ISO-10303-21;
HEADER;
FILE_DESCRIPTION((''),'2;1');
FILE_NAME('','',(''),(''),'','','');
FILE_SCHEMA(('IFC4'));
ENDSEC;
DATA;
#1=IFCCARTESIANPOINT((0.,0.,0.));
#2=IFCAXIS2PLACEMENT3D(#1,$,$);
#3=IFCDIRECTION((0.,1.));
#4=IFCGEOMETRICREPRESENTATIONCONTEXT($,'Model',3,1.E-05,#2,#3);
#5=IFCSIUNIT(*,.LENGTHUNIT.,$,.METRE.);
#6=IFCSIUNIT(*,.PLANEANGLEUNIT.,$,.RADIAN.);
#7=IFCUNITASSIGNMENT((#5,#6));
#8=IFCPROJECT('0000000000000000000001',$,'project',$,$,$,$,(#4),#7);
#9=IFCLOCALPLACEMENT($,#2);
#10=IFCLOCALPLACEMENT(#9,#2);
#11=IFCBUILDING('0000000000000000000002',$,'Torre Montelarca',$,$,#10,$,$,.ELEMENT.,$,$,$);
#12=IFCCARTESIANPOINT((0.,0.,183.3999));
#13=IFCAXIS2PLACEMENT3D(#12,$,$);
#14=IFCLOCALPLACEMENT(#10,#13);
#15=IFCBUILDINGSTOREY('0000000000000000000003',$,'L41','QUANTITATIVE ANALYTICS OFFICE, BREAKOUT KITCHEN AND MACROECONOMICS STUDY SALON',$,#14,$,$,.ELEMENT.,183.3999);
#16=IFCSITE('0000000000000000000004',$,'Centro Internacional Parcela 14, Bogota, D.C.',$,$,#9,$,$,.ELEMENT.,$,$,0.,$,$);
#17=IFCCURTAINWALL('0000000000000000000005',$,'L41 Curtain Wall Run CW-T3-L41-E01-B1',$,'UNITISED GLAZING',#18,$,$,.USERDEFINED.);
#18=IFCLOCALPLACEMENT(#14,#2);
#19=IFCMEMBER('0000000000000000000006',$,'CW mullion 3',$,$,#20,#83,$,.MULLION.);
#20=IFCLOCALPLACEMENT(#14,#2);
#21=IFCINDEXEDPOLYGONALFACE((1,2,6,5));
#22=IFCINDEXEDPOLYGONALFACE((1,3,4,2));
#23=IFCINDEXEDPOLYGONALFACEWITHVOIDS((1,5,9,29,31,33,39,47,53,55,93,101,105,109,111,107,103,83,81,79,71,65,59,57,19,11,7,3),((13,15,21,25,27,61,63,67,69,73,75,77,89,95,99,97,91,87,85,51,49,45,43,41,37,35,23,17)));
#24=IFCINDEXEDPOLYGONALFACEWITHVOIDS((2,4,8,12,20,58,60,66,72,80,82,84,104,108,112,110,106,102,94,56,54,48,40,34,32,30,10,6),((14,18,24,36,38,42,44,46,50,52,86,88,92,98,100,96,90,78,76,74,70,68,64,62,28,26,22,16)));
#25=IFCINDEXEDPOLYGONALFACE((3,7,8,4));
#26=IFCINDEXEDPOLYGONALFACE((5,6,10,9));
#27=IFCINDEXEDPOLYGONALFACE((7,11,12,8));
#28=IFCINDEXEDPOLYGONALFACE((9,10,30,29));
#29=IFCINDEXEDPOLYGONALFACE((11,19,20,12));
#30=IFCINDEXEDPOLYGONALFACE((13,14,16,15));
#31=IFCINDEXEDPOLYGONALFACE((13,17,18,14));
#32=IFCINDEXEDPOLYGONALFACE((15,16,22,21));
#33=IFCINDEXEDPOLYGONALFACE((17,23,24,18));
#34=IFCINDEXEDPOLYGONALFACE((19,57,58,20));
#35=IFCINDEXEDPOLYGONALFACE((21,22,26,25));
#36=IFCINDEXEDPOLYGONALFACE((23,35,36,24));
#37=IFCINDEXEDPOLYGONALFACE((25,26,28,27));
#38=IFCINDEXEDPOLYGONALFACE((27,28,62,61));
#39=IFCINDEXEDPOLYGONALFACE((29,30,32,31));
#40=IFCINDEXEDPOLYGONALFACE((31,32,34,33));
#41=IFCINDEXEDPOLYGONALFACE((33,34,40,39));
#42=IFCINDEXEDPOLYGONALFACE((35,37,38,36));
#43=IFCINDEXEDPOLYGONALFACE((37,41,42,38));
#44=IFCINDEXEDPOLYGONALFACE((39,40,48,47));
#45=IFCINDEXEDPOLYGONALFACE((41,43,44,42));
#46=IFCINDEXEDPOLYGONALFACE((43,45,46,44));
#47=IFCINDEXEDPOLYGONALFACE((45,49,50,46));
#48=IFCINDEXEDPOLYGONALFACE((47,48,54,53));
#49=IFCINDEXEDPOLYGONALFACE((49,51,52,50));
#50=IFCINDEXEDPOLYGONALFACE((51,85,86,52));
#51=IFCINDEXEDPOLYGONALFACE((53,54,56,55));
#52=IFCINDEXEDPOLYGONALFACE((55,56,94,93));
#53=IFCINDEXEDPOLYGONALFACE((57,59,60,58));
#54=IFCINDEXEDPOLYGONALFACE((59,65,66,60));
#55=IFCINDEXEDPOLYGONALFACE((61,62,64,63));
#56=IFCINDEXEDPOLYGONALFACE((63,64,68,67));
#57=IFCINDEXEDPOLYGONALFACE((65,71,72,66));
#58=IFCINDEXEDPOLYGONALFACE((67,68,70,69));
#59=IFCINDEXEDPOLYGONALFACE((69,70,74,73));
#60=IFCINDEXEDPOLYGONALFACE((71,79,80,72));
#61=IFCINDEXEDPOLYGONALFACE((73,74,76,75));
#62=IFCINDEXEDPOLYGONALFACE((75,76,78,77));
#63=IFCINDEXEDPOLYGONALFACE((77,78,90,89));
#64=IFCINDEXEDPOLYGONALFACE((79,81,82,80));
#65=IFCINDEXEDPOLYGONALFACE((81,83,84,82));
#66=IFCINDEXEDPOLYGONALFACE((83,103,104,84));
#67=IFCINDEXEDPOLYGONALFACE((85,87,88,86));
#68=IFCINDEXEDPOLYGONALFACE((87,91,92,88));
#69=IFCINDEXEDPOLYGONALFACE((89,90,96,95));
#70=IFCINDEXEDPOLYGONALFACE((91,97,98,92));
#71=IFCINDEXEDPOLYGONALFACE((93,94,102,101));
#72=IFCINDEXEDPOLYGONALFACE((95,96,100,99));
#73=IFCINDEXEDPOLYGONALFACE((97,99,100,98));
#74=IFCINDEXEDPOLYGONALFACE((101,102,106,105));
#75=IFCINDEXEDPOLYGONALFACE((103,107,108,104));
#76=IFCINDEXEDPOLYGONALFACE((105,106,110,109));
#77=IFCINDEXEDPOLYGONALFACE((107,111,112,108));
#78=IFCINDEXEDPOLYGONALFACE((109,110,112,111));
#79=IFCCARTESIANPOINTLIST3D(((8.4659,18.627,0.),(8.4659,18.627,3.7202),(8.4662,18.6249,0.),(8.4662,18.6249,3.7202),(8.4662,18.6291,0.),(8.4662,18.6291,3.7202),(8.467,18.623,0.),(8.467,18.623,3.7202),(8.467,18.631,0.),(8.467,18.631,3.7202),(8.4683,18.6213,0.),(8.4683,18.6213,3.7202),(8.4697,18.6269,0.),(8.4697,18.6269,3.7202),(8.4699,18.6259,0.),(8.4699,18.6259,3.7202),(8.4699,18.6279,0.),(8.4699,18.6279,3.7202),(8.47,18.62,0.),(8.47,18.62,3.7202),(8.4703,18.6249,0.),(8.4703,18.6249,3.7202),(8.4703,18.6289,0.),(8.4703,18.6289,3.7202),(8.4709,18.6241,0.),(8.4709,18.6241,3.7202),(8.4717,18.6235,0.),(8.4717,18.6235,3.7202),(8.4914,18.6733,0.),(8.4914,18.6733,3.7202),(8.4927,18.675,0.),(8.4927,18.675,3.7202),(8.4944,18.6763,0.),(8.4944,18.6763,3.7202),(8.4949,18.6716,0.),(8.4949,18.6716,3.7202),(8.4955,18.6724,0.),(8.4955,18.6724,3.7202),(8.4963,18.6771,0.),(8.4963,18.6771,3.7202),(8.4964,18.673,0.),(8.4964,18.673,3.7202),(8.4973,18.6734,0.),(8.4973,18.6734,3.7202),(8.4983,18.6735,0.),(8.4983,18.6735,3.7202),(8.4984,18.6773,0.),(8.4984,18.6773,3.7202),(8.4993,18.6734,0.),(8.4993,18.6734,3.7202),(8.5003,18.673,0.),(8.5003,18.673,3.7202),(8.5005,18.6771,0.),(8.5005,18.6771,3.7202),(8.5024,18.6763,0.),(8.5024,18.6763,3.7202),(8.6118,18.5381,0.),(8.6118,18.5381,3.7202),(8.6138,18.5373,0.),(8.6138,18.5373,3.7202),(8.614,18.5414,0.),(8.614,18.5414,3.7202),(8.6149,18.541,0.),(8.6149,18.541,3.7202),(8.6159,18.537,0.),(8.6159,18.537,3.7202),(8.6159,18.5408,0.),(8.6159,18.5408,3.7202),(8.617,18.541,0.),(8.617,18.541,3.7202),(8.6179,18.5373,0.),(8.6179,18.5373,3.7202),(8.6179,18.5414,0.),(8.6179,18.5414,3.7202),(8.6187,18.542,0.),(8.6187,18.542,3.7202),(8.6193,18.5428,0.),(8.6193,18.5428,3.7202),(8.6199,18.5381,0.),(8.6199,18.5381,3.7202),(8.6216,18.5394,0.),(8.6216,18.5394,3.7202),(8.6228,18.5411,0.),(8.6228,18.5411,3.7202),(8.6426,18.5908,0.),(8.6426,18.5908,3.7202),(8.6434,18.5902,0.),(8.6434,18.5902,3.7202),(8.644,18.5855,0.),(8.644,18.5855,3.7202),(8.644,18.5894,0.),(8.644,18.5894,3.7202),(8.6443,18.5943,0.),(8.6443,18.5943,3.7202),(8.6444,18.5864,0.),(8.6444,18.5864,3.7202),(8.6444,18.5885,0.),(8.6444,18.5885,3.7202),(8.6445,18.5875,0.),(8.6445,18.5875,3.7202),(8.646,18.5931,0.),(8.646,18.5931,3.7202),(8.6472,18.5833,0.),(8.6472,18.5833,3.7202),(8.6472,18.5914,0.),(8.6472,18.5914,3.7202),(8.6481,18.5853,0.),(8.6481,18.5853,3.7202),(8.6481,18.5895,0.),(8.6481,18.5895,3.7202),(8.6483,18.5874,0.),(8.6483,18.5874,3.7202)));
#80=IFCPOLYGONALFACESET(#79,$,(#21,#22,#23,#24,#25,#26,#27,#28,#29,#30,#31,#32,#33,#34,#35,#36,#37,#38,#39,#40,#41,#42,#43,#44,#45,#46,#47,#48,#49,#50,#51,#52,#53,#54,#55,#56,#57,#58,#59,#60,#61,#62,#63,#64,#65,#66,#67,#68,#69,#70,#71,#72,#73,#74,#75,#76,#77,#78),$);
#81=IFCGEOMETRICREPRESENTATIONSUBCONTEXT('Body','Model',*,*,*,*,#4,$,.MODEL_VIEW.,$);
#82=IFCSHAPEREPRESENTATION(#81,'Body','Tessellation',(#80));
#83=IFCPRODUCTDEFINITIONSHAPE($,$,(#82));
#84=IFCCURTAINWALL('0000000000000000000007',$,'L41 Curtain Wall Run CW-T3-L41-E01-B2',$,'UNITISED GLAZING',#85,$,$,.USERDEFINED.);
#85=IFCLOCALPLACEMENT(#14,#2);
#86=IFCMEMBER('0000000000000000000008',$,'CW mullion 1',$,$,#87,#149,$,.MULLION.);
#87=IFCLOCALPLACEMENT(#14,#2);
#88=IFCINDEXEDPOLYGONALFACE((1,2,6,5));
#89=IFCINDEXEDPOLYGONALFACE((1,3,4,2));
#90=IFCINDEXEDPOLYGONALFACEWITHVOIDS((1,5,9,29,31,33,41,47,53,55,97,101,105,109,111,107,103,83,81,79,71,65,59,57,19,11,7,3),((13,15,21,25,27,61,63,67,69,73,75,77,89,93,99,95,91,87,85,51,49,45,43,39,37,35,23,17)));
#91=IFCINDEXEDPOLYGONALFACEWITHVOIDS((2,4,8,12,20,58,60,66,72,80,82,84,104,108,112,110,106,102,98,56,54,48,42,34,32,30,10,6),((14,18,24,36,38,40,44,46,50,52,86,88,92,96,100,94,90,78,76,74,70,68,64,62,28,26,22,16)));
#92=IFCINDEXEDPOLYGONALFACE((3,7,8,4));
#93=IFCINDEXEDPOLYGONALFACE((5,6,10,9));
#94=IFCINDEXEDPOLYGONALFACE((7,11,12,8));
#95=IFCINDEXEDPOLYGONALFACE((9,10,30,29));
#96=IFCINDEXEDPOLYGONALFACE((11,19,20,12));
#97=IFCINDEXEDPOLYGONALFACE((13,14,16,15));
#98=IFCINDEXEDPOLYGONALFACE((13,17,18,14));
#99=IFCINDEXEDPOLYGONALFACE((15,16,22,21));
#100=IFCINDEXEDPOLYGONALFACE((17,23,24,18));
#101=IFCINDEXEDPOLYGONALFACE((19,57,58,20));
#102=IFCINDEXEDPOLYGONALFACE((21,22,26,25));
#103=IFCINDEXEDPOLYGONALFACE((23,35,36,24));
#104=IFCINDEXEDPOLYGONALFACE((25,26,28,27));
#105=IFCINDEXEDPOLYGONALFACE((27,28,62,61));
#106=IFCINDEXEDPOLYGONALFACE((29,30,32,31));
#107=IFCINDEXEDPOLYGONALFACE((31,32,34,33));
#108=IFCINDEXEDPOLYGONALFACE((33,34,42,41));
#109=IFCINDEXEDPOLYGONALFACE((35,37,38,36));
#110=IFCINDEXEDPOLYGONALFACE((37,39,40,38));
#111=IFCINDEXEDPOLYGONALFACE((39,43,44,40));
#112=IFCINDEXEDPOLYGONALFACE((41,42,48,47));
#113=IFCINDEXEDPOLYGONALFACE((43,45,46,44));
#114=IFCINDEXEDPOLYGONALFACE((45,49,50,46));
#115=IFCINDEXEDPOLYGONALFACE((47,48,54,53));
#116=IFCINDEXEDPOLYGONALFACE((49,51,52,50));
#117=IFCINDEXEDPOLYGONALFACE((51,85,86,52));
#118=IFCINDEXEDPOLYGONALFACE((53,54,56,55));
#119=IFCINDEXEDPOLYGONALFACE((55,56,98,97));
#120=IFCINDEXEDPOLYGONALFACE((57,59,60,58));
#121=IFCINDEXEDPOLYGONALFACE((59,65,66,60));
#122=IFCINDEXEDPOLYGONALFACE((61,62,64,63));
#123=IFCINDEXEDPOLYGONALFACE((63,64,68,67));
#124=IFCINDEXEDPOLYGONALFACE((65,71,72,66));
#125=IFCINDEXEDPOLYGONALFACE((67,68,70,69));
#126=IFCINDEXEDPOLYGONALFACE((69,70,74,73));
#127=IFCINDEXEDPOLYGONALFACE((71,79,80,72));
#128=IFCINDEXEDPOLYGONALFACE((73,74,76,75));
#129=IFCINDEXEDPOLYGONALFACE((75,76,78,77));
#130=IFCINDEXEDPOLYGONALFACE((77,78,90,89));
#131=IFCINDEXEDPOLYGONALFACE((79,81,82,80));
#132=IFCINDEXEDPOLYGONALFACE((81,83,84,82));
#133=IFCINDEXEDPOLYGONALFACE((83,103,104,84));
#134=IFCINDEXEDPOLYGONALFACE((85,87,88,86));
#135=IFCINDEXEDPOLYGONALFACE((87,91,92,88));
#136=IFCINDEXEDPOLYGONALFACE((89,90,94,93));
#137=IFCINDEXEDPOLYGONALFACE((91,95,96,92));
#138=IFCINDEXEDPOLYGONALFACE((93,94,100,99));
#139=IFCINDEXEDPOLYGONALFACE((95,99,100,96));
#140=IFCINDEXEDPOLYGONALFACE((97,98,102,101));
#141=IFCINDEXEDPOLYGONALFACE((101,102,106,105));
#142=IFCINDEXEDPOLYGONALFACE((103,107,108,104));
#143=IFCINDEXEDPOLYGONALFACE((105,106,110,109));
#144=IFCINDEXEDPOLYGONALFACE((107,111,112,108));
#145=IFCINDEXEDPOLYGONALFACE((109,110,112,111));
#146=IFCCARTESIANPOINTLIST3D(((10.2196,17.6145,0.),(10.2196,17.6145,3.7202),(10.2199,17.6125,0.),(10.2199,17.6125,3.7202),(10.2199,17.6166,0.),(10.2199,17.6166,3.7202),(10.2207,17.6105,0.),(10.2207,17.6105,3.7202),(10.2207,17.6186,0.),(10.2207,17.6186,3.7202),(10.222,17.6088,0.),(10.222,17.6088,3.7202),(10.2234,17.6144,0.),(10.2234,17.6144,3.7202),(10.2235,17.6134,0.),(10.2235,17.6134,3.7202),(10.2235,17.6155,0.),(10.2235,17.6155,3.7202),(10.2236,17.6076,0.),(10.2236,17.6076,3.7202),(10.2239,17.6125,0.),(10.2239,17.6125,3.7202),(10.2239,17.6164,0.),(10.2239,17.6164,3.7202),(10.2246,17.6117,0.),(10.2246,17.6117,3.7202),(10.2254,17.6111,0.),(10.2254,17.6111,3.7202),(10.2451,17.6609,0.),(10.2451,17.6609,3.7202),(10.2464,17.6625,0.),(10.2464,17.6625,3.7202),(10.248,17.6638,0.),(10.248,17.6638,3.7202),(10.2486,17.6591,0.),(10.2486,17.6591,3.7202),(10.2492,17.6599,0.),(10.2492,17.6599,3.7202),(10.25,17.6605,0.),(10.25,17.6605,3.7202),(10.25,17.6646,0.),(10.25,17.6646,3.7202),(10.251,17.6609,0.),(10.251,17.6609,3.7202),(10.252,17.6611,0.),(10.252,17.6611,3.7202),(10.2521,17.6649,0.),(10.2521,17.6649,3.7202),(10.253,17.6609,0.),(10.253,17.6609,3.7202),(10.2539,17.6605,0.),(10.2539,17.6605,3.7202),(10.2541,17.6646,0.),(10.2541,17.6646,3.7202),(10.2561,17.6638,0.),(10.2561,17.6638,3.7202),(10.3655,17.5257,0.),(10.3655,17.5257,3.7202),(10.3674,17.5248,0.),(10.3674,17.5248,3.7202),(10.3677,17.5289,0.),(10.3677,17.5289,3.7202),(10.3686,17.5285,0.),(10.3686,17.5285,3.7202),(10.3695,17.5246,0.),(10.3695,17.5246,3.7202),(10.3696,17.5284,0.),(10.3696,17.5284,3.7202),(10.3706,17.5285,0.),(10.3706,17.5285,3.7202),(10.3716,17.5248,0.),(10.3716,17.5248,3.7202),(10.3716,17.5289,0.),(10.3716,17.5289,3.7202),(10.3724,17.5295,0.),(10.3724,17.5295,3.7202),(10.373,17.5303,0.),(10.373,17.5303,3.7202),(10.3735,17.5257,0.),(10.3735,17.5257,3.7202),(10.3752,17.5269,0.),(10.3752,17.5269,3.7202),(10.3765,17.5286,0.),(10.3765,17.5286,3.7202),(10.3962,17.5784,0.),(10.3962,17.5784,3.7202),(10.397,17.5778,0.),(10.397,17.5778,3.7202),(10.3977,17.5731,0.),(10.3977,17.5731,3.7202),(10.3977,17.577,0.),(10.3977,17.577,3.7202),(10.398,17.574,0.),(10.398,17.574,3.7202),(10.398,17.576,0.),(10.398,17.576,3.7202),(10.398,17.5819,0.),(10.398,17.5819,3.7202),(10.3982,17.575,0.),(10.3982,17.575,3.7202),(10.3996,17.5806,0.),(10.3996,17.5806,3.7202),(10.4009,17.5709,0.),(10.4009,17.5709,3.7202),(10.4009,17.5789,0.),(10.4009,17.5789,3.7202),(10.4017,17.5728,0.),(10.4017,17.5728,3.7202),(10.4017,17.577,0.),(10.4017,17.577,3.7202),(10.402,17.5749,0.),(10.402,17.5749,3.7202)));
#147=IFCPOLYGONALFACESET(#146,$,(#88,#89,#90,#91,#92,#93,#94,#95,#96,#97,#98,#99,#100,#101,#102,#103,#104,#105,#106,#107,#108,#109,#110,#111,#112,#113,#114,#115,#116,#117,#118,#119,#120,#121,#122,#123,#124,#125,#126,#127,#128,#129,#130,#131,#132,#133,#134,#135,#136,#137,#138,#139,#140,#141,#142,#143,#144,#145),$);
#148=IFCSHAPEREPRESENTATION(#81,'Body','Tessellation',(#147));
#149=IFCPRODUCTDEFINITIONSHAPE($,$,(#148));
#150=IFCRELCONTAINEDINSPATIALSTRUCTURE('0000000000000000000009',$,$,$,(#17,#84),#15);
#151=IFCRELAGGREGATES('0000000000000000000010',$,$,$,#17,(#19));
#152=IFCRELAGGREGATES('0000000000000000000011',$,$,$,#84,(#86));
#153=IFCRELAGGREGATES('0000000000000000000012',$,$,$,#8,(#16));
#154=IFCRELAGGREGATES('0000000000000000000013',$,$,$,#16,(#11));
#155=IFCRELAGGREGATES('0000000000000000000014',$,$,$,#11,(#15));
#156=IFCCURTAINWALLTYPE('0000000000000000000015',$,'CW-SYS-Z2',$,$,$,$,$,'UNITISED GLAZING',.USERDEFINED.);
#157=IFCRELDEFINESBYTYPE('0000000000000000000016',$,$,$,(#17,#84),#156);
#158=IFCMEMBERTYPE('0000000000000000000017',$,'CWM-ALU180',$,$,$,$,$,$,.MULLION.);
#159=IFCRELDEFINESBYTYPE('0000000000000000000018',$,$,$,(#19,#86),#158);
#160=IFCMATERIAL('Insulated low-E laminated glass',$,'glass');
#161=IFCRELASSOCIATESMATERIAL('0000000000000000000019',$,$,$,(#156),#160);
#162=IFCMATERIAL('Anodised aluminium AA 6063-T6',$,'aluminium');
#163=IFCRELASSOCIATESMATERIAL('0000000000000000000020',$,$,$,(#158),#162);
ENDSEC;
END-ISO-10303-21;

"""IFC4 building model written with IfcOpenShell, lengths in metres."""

from ifc_helpers import new_model, si_unit, direction, frame, origin, origin_2d, place, context, subcontext, project, spatial, hollow_rectangle, extrude, source, transform, mapped, material, material_profile, profile_set, type_object, element, aggregate, save


model = new_model("IFC4")

# Units and contexts
model_context = context("Model", 3, precision=1e-05, world=origin(), true_north=direction((0.0, 1.0)))
body_context = subcontext(model_context, "Body", "Model", "MODEL_VIEW")
ifc_project = project(units=[si_unit("LENGTHUNIT", "METRE"), si_unit("PLANEANGLEUNIT", "RADIAN")], contexts=[model_context])

# Site, building, storey
site_placement = place(None, origin())
site = spatial("IfcSite", under=ifc_project, at=site_placement, Name="Centro Internacional Parcela 14, Bogota, D.C.", CompositionType="ELEMENT", RefElevation=0.0)
building_placement = place(site_placement, origin())
building = spatial("IfcBuilding", under=site, at=building_placement, Name="Torre Montelarca", CompositionType="ELEMENT")
storey_placement = place(building_placement, frame((0.0, 0.0, 183.3999)))
storey = spatial("IfcBuildingStorey", under=building, at=storey_placement, Name="L41", Description="QUANTITATIVE ANALYTICS OFFICE, BREAKOUT KITCHEN AND MACROECONOMICS STUDY SALON", CompositionType="ELEMENT", Elevation=183.3999)

# Shared definitions
ifc_material_1 = material(Name="Insulated low-E laminated glass", Category="glass")
curtain_wall_type = type_object("IfcCurtainWallType", Name="CW-SYS-Z2", ElementType="UNITISED GLAZING", PredefinedType="USERDEFINED", material=ifc_material_1)
ifc_material_2 = material(Name="Anodised aluminium AA 6063-T6", Category="aluminium")

# Curtain wall, member
curtain_wall_1_placement = place(storey_placement, origin())
curtain_wall_1 = element("IfcCurtainWall", 1, at=curtain_wall_1_placement, inside=storey, type_object=curtain_wall_type, Name="L41 Curtain Wall Run CW-T3-L41-E01-B1", ObjectType="UNITISED GLAZING", PredefinedType="USERDEFINED")
ifc_material_profile_1 = material_profile(ifc_material_2, hollow_rectangle(XDim=0.0649, YDim=0.1799, WallThickness=0.0039, InnerFilletRadius=0.0039, OuterFilletRadius=0.0081, at=origin_2d()), Name="ALU65X180X4", Category="aluminium")
ifc_profile_set_1 = profile_set([ifc_material_profile_1], Name="Anodised aluminium AA 6063-T6")
member_type_1 = type_object("IfcMemberType", Name="CWM-ALU180", PredefinedType="MULLION", material=ifc_profile_set_1)
shared_shape_1 = source(origin(), body_context, "Body", "SweptSolid", [
    extrude(hollow_rectangle(XDim=0.0649, YDim=0.1799, WallThickness=0.0039, InnerFilletRadius=0.0039, OuterFilletRadius=0.0081, at=origin_2d()), origin(), (0.0, 0.0, 1.0), 3.7202),
])
member_1_placement = place(storey_placement, frame((8.5571, 18.6072, 0.0), z_axis=(0.0, 0.0, 1.0), x_axis=(0.500001, 0.866025, 0.0)))
member_1 = element("IfcMember", 2, at=member_1_placement, type_object=member_type_1, Name="CW mullion 3", PredefinedType="MULLION", context=body_context, shape_type="MappedRepresentation", body=[
    mapped(shared_shape_1, transform((0.0, 0.0, 0.0), scale=1.0)),
])
aggregate(curtain_wall_1, [member_1])

# Curtain wall, member
curtain_wall_2_placement = place(storey_placement, origin())
curtain_wall_2 = element("IfcCurtainWall", 3, at=curtain_wall_2_placement, inside=storey, type_object=curtain_wall_type, Name="L41 Curtain Wall Run CW-T3-L41-E01-B2", ObjectType="UNITISED GLAZING", PredefinedType="USERDEFINED")
member_2_placement = place(storey_placement, frame((10.3108, 17.5947, 0.0), z_axis=(0.0, 0.0, 1.0), x_axis=(0.499993, 0.86603, 0.0)))
member_2 = element("IfcMember", 4, at=member_2_placement, type_object=member_type_1, Name="CW mullion 1", PredefinedType="MULLION", context=body_context, shape_type="MappedRepresentation", body=[
    mapped(shared_shape_1, transform((0.0, 0.0, 0.0), scale=1.0)),
])

aggregate(curtain_wall_2, [member_2])

save(model, "model.ifc")
